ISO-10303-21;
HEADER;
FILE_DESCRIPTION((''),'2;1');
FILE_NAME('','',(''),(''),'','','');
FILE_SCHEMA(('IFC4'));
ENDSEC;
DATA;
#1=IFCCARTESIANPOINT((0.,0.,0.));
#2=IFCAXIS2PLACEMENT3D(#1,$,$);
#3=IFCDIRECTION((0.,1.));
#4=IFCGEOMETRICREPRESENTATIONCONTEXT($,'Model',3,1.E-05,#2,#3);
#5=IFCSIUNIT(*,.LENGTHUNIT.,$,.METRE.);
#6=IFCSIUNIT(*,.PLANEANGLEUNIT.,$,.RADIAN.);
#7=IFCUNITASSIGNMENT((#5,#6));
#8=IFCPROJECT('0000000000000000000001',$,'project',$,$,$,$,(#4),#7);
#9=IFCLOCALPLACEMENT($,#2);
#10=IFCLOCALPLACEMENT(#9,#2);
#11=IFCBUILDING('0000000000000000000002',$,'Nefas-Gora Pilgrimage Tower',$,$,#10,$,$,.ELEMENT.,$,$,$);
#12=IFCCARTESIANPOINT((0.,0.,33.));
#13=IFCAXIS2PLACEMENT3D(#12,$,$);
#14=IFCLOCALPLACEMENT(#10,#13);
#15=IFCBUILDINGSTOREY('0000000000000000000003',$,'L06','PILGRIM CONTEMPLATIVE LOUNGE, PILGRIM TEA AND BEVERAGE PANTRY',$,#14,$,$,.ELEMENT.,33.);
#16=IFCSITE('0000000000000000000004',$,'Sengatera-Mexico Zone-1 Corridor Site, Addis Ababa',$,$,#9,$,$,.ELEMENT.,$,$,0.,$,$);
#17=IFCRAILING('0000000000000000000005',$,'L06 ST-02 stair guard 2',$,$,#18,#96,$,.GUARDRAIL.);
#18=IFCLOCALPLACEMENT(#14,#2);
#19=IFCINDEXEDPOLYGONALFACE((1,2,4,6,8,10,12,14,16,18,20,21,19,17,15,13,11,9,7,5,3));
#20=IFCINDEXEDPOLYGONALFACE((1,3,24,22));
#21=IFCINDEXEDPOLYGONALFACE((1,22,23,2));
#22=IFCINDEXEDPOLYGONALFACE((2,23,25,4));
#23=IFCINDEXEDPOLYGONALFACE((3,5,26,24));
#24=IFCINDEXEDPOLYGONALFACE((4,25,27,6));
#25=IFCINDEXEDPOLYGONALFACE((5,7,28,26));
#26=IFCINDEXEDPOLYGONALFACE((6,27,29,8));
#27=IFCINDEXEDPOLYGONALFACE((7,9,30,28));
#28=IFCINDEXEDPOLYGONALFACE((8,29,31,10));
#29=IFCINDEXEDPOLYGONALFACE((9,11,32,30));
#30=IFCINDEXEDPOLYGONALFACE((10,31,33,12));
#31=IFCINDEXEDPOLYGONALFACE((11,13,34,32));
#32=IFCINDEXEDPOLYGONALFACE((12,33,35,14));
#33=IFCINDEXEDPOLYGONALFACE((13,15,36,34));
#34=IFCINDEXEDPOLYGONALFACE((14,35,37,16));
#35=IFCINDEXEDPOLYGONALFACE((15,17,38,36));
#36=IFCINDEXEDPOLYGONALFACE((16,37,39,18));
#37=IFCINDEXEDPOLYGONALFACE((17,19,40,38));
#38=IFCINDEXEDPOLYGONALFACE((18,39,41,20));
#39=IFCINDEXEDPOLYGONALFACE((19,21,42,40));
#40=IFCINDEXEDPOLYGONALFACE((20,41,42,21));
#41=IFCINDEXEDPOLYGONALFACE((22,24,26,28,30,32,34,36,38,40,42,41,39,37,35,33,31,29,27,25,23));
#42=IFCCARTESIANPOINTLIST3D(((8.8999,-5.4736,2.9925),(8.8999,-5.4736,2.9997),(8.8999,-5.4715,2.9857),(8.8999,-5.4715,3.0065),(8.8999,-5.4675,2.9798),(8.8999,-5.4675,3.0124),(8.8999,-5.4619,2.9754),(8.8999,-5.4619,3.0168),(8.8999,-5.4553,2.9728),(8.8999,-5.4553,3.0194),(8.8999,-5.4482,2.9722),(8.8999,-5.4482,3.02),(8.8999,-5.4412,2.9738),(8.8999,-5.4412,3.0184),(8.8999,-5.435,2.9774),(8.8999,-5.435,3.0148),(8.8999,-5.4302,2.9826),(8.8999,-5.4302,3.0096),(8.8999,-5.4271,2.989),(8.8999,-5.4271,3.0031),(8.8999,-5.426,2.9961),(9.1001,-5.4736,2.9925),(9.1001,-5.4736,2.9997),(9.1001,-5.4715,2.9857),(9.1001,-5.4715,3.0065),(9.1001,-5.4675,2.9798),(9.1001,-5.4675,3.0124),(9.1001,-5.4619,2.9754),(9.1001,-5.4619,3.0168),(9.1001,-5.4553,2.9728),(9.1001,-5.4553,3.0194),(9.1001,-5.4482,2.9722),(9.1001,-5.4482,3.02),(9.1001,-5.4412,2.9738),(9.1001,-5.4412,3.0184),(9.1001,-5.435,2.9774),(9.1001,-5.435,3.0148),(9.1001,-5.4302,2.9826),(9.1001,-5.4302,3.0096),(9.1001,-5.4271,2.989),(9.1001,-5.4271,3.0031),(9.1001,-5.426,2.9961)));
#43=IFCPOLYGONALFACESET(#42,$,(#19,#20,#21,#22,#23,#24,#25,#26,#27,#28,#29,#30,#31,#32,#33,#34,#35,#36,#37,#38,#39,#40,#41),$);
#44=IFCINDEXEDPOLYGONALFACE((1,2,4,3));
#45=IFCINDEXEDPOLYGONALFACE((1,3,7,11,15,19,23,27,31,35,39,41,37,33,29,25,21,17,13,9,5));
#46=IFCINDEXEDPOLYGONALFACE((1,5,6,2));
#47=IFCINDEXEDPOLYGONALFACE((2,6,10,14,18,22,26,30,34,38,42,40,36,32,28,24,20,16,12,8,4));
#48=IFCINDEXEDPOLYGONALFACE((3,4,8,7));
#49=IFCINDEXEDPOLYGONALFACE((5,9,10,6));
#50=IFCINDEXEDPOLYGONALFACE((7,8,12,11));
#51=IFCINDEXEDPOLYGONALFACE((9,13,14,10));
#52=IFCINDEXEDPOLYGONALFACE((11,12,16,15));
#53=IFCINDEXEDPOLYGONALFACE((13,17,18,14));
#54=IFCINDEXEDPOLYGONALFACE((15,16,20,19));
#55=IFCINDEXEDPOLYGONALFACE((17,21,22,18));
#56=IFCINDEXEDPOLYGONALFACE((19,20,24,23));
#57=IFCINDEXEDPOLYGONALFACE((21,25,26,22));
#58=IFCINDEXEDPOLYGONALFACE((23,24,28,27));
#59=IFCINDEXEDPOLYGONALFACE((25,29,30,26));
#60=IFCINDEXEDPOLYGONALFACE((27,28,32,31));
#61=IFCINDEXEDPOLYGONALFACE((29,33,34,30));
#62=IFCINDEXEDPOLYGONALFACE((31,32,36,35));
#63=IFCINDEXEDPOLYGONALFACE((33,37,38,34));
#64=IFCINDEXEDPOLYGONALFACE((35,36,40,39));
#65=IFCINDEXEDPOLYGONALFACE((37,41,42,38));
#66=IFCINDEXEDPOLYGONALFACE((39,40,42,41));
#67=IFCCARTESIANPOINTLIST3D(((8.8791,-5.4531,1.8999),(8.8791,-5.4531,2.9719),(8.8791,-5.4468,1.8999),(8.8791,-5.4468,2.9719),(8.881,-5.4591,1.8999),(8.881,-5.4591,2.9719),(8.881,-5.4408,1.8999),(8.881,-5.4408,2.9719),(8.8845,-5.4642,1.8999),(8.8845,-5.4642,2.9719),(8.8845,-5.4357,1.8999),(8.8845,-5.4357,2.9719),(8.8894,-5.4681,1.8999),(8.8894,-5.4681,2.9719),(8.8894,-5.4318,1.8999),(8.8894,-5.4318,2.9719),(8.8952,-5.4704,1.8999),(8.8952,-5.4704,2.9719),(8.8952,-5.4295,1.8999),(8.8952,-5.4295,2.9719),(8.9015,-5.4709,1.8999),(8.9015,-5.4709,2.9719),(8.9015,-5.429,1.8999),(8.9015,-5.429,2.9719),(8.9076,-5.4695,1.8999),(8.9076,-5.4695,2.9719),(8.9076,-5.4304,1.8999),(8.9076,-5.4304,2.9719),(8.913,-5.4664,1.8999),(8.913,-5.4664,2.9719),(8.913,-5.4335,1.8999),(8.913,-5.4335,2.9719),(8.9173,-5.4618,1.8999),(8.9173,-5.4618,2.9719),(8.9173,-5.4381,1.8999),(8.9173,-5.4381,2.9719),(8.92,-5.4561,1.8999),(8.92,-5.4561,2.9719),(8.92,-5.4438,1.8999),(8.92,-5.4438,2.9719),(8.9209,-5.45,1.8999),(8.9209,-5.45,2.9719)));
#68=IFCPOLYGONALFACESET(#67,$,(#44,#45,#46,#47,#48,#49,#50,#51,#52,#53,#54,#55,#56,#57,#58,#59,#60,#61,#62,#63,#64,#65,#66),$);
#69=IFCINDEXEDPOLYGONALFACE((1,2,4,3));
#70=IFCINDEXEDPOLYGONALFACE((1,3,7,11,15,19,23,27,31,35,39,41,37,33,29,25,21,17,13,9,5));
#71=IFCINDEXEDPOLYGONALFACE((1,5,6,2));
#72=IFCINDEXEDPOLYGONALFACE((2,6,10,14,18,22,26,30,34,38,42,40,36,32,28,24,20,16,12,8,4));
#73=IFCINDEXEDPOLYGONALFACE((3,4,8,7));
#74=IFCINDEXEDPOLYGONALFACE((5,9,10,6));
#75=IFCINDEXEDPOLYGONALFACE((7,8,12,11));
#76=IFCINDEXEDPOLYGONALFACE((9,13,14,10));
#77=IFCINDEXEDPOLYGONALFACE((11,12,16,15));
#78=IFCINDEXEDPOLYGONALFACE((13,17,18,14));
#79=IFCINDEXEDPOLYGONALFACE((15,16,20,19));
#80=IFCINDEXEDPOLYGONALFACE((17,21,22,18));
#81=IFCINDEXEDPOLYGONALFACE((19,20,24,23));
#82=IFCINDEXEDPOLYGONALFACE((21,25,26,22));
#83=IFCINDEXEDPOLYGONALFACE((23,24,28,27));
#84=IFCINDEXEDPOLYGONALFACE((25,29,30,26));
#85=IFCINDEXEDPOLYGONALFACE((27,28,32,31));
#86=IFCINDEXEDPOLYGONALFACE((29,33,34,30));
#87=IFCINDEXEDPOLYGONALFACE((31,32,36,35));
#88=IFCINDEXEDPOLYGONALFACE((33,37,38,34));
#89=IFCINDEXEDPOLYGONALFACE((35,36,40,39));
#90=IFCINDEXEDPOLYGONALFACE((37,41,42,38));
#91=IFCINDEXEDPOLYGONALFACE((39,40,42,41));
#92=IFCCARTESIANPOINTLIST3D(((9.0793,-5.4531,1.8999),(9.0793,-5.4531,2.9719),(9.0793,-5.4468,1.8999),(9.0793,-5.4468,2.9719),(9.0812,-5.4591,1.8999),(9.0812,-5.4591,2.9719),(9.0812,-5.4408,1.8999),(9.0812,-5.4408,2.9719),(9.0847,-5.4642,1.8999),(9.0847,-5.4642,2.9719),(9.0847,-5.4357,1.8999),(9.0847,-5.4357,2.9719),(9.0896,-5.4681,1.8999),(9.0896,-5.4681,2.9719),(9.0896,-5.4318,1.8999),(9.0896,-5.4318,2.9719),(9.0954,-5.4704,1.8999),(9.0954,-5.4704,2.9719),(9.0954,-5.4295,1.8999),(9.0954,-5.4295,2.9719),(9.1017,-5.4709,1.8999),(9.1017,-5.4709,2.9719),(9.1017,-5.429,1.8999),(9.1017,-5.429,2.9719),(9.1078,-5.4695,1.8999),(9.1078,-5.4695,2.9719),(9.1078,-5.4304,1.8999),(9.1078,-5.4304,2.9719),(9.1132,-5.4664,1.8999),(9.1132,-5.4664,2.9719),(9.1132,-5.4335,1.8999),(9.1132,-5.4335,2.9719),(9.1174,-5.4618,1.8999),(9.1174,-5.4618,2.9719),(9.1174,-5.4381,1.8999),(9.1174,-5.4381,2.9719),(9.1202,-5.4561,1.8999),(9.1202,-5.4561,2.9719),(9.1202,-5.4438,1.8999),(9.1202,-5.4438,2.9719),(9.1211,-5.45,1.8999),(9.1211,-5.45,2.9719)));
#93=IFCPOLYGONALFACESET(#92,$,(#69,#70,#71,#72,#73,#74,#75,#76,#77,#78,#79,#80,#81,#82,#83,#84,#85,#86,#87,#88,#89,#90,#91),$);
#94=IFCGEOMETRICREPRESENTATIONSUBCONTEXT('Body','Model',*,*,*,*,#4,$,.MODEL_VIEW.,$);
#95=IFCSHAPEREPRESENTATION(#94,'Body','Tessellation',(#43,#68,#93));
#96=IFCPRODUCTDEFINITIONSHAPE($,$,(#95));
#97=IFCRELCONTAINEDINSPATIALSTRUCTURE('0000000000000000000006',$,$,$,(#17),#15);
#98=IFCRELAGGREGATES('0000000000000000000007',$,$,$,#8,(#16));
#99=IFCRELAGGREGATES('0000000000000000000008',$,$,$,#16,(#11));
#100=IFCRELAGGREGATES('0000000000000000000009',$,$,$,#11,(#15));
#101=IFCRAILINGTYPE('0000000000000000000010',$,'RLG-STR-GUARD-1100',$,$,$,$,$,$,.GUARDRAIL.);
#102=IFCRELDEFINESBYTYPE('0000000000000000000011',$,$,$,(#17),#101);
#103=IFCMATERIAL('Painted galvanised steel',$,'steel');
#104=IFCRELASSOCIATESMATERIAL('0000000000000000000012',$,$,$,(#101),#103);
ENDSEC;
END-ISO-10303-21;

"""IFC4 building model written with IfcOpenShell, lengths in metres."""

from ifc_helpers import new_model, si_unit, direction, frame, origin, origin_2d, place, context, subcontext, project, spatial, circle, extrude, material, type_object, element, save


model = new_model("IFC4")

# Units and contexts
model_context = context("Model", 3, precision=1e-05, world=origin(), true_north=direction((0.0, 1.0)))
body_context = subcontext(model_context, "Body", "Model", "MODEL_VIEW")
ifc_project = project(units=[si_unit("LENGTHUNIT", "METRE"), si_unit("PLANEANGLEUNIT", "RADIAN")], contexts=[model_context])

# Site, building, storey
site_placement = place(None, origin())
site = spatial("IfcSite", under=ifc_project, at=site_placement, Name="Sengatera-Mexico Zone-1 Corridor Site, Addis Ababa", CompositionType="ELEMENT", RefElevation=0.0)
building_placement = place(site_placement, origin())
building = spatial("IfcBuilding", under=site, at=building_placement, Name="Nefas-Gora Pilgrimage Tower", CompositionType="ELEMENT")
storey_placement = place(building_placement, frame((0.0, 0.0, 33.0)))
storey = spatial("IfcBuildingStorey", under=building, at=storey_placement, Name="L06", Description="PILGRIM CONTEMPLATIVE LOUNGE, PILGRIM TEA AND BEVERAGE PANTRY", CompositionType="ELEMENT", Elevation=33.0)

# Railing
ifc_material_1 = material(Name="Painted galvanised steel", Category="steel")
railing_type_1 = type_object("IfcRailingType", Name="RLG-STR-GUARD-1100", PredefinedType="GUARDRAIL", material=ifc_material_1)
railing_1_placement = place(storey_placement, frame((8.8999, -5.45, 1.8999)))
element("IfcRailing", 1, at=railing_1_placement, inside=storey, type_object=railing_type_1, Name="L06 ST-02 stair guard 2", PredefinedType="GUARDRAIL", context=body_context, shape_type="SweptSolid", body=[
    extrude(circle(Radius=0.0239, at=origin_2d()), frame((0.0, 0.0, 1.0962), z_axis=(1.0, 0.0, 0.0), x_axis=(0.0, 1.0, 0.0)), (0.0, 0.0, 1.0), 0.2002),
    extrude(circle(Radius=0.021, at=origin_2d()), origin(), (0.0, 0.0, 1.0), 1.072),
    extrude(circle(Radius=0.021, at=origin_2d()), frame((0.2002, 0.0, 0.0)), (0.0, 0.0, 1.0), 1.072),
])

save(model, "model.ifc")
